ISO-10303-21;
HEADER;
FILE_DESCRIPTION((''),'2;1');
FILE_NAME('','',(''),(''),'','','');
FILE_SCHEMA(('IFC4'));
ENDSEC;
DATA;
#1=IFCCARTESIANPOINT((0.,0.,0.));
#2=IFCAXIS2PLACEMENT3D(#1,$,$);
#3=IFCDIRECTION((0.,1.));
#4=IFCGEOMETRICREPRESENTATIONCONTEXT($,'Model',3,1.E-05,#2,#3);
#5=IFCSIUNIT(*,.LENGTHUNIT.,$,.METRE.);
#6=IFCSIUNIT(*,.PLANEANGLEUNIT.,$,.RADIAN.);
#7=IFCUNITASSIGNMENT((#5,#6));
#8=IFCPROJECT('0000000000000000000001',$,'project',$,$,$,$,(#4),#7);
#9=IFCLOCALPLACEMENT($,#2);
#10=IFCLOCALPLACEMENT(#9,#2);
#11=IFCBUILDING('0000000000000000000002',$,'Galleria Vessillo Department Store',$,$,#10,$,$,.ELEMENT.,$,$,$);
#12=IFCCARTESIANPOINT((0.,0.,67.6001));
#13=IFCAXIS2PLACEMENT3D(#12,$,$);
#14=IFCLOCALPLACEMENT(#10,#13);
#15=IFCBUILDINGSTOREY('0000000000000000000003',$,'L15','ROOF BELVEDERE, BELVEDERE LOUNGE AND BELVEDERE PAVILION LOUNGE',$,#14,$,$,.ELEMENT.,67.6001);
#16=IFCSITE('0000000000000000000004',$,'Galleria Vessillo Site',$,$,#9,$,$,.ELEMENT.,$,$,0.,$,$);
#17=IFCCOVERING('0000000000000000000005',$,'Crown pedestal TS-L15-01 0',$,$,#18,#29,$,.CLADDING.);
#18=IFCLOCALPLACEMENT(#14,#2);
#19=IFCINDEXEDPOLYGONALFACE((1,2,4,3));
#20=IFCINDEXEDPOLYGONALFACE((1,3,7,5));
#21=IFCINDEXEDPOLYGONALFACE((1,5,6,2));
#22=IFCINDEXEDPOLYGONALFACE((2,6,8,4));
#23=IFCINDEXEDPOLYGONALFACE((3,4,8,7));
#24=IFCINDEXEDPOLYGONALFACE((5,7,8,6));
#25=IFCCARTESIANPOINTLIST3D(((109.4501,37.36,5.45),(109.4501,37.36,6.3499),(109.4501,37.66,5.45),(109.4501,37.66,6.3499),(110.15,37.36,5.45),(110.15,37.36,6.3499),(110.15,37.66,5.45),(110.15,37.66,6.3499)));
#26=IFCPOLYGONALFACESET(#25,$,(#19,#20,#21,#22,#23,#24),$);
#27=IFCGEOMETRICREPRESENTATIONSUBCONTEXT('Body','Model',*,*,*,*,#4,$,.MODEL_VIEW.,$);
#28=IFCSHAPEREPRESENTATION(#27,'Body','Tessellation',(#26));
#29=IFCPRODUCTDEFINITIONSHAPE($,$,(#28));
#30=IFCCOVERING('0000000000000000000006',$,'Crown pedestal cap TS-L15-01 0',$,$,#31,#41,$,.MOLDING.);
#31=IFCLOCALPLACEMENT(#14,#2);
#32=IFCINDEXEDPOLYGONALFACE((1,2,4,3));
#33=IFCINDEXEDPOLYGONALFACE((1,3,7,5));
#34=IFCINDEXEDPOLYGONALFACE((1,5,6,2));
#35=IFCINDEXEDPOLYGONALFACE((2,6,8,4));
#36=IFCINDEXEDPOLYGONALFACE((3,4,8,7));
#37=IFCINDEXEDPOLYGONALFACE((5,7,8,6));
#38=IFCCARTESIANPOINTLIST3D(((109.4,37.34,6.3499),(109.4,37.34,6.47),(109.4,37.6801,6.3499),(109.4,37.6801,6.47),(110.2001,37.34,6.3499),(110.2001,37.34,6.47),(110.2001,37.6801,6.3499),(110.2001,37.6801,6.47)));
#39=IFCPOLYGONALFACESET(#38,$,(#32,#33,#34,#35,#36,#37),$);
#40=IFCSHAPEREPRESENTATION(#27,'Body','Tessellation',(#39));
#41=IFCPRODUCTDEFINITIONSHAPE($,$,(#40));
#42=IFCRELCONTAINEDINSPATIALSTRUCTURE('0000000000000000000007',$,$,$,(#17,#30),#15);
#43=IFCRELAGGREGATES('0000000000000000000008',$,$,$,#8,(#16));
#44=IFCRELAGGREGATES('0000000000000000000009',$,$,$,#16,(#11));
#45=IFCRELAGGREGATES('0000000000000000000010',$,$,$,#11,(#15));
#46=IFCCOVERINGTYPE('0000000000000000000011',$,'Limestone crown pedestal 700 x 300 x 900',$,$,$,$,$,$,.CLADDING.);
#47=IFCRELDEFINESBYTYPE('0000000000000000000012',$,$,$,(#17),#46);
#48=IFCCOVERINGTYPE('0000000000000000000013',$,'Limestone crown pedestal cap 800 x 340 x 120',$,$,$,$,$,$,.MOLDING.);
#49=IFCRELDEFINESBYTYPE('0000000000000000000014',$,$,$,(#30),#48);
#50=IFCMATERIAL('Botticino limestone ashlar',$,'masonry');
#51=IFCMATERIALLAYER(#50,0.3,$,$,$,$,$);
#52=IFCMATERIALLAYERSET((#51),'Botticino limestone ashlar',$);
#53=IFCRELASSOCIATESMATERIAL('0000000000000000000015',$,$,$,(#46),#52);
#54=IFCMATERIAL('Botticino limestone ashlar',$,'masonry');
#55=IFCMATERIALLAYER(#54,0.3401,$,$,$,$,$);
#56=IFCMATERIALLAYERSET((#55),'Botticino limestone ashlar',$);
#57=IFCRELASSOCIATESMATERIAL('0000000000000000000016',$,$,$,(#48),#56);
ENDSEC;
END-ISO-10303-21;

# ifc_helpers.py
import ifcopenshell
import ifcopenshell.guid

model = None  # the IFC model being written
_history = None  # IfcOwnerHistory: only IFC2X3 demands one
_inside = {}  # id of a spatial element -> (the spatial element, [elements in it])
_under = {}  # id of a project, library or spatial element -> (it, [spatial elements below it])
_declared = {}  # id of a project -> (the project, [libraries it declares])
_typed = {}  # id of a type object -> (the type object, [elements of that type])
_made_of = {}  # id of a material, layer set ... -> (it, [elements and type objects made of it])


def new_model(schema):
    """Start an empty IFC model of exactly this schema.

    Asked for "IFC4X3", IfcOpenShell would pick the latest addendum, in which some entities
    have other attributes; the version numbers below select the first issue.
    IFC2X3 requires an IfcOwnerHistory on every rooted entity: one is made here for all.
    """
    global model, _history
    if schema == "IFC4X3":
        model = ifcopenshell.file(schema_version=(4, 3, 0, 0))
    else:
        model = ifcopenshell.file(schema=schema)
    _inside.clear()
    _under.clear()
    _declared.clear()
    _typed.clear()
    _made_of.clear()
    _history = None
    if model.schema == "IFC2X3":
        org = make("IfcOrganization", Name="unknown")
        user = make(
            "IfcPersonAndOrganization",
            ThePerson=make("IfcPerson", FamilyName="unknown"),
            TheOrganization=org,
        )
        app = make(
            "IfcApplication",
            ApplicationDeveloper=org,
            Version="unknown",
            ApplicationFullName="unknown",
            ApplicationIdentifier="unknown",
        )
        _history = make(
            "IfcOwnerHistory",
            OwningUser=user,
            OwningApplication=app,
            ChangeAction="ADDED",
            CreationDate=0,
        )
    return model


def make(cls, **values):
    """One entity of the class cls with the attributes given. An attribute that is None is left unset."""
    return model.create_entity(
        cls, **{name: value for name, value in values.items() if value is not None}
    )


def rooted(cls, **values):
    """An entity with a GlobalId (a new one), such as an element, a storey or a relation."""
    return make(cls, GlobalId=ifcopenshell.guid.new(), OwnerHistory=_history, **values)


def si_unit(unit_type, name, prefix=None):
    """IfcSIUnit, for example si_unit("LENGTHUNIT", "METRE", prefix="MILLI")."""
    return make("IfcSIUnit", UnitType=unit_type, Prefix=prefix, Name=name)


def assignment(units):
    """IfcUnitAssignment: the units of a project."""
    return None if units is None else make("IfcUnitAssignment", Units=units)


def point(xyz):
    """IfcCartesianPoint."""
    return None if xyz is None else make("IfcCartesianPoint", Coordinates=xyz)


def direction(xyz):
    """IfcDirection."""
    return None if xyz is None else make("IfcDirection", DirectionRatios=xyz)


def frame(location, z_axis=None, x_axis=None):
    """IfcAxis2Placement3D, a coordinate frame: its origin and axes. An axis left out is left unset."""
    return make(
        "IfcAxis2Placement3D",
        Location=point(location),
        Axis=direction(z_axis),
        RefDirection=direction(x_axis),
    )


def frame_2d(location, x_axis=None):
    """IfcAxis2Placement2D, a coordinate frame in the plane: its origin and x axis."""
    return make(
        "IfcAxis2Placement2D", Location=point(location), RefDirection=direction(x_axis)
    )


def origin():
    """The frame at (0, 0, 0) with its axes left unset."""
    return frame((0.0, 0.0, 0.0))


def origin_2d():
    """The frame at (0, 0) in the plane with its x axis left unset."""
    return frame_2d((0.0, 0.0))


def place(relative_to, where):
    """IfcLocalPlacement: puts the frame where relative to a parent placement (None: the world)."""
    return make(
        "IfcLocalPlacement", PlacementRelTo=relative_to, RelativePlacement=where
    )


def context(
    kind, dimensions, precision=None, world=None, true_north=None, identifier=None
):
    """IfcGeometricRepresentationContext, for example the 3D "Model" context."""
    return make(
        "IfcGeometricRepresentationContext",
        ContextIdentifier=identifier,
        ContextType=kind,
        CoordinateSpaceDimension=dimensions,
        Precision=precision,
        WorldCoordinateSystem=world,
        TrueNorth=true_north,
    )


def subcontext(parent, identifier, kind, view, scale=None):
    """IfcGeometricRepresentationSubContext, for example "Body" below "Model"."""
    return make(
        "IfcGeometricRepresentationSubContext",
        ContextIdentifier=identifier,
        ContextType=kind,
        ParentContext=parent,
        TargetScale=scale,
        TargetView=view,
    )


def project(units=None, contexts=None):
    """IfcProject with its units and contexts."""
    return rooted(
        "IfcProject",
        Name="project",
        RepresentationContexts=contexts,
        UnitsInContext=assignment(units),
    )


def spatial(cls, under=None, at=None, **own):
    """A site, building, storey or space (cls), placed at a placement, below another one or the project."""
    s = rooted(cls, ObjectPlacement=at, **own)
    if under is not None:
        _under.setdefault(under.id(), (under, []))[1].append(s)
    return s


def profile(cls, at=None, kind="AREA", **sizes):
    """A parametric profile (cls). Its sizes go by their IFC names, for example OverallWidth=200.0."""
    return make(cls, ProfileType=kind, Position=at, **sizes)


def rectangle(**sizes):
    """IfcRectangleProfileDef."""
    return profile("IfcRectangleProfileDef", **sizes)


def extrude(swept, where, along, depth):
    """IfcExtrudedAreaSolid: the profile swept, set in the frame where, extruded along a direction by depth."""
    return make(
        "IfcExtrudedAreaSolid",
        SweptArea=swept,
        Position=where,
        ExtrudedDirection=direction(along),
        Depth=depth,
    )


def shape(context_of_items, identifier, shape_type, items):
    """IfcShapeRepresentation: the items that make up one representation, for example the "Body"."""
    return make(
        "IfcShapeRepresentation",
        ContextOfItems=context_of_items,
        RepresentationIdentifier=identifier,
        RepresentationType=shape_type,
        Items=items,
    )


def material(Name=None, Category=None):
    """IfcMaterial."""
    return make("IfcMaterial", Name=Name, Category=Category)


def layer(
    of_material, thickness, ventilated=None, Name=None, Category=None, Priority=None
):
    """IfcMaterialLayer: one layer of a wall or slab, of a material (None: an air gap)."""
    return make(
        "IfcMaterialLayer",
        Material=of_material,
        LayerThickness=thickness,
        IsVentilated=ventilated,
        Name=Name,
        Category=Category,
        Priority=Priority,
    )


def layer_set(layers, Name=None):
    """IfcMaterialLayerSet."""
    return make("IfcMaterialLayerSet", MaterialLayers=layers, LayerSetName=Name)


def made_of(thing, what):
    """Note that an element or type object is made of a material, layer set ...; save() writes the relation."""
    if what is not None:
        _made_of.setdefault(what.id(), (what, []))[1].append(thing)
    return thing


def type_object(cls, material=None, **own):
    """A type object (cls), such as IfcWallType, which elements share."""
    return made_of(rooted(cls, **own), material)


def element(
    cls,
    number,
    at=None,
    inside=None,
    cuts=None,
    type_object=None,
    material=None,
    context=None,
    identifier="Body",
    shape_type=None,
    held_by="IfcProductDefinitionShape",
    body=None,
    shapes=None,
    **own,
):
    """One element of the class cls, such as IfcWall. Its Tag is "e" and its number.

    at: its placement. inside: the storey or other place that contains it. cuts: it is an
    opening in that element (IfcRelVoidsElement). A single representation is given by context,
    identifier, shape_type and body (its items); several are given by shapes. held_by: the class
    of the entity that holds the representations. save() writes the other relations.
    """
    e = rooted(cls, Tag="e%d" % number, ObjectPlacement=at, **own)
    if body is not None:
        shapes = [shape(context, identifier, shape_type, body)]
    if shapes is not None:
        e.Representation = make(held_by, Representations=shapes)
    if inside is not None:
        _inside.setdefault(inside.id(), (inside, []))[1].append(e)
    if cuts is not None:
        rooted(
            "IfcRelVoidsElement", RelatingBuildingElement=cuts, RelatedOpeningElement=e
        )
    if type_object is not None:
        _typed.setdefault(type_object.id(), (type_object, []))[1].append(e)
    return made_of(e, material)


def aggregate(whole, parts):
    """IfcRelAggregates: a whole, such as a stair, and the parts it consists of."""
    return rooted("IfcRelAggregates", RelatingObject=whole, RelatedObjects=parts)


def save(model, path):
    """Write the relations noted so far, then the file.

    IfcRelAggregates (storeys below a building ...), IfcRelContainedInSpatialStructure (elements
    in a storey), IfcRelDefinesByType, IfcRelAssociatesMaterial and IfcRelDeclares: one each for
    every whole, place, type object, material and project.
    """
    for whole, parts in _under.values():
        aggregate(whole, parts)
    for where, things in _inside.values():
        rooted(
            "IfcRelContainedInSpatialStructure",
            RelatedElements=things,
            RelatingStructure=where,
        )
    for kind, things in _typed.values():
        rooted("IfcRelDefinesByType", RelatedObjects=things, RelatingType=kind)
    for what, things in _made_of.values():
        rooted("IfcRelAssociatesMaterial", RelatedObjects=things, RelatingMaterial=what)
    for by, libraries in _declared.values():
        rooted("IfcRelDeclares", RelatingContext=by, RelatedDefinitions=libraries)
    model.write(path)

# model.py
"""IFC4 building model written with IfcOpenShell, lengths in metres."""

from ifc_helpers import new_model, si_unit, direction, frame, origin, origin_2d, place, context, subcontext, project, spatial, rectangle, extrude, material, layer, layer_set, type_object, element, save


model = new_model("IFC4")

# Units and contexts
model_context = context("Model", 3, precision=1e-05, world=origin(), true_north=direction((0.0, 1.0)))
body_context = subcontext(model_context, "Body", "Model", "MODEL_VIEW")
ifc_project = project(units=[si_unit("LENGTHUNIT", "METRE"), si_unit("PLANEANGLEUNIT", "RADIAN")], contexts=[model_context])

# Site, building, storey
site_placement = place(None, origin())
site = spatial("IfcSite", under=ifc_project, at=site_placement, Name="Galleria Vessillo Site", CompositionType="ELEMENT", RefElevation=0.0)
building_placement = place(site_placement, origin())
building = spatial("IfcBuilding", under=site, at=building_placement, Name="Galleria Vessillo Department Store", CompositionType="ELEMENT")
storey_placement = place(building_placement, frame((0.0, 0.0, 67.6001)))
storey = spatial("IfcBuildingStorey", under=building, at=storey_placement, Name="L15", Description="ROOF BELVEDERE, BELVEDERE LOUNGE AND BELVEDERE PAVILION LOUNGE", CompositionType="ELEMENT", Elevation=67.6001)

# Coverings
ifc_material_1 = material(Name="Botticino limestone ashlar", Category="masonry")
ifc_layer_1 = layer(ifc_material_1, 0.3)
ifc_layer_set_1 = layer_set([ifc_layer_1], Name="Botticino limestone ashlar")
covering_type_1 = type_object("IfcCoveringType", Name="Limestone crown pedestal 700 x 300 x 900", PredefinedType="CLADDING", material=ifc_layer_set_1)
covering_1_placement = place(storey_placement, frame((109.8, 37.51, 5.45), z_axis=(0.0, 0.0, 1.0), x_axis=(1.0, 0.0, 0.0)))
element("IfcCovering", 1, at=covering_1_placement, inside=storey, type_object=covering_type_1, Name="Crown pedestal TS-L15-01 0", PredefinedType="CLADDING", context=body_context, shape_type="SweptSolid", body=[
    extrude(rectangle(XDim=0.7, YDim=0.3, at=origin_2d()), origin(), (0.0, 0.0, 1.0), 0.8999),
])
ifc_material_2 = material(Name="Botticino limestone ashlar", Category="masonry")
ifc_layer_2 = layer(ifc_material_2, 0.3401)
ifc_layer_set_2 = layer_set([ifc_layer_2], Name="Botticino limestone ashlar")
covering_type_2 = type_object("IfcCoveringType", Name="Limestone crown pedestal cap 800 x 340 x 120", PredefinedType="MOLDING", material=ifc_layer_set_2)
covering_2_placement = place(storey_placement, frame((109.8, 37.51, 6.3499), z_axis=(0.0, 0.0, 1.0), x_axis=(1.0, 0.0, 0.0)))
element("IfcCovering", 2, at=covering_2_placement, inside=storey, type_object=covering_type_2, Name="Crown pedestal cap TS-L15-01 0", PredefinedType="MOLDING", context=body_context, shape_type="SweptSolid", body=[
    extrude(rectangle(XDim=0.8, YDim=0.3401, at=origin_2d()), origin(), (0.0, 0.0, 1.0), 0.1201),
])

save(model, "model.ifc")
